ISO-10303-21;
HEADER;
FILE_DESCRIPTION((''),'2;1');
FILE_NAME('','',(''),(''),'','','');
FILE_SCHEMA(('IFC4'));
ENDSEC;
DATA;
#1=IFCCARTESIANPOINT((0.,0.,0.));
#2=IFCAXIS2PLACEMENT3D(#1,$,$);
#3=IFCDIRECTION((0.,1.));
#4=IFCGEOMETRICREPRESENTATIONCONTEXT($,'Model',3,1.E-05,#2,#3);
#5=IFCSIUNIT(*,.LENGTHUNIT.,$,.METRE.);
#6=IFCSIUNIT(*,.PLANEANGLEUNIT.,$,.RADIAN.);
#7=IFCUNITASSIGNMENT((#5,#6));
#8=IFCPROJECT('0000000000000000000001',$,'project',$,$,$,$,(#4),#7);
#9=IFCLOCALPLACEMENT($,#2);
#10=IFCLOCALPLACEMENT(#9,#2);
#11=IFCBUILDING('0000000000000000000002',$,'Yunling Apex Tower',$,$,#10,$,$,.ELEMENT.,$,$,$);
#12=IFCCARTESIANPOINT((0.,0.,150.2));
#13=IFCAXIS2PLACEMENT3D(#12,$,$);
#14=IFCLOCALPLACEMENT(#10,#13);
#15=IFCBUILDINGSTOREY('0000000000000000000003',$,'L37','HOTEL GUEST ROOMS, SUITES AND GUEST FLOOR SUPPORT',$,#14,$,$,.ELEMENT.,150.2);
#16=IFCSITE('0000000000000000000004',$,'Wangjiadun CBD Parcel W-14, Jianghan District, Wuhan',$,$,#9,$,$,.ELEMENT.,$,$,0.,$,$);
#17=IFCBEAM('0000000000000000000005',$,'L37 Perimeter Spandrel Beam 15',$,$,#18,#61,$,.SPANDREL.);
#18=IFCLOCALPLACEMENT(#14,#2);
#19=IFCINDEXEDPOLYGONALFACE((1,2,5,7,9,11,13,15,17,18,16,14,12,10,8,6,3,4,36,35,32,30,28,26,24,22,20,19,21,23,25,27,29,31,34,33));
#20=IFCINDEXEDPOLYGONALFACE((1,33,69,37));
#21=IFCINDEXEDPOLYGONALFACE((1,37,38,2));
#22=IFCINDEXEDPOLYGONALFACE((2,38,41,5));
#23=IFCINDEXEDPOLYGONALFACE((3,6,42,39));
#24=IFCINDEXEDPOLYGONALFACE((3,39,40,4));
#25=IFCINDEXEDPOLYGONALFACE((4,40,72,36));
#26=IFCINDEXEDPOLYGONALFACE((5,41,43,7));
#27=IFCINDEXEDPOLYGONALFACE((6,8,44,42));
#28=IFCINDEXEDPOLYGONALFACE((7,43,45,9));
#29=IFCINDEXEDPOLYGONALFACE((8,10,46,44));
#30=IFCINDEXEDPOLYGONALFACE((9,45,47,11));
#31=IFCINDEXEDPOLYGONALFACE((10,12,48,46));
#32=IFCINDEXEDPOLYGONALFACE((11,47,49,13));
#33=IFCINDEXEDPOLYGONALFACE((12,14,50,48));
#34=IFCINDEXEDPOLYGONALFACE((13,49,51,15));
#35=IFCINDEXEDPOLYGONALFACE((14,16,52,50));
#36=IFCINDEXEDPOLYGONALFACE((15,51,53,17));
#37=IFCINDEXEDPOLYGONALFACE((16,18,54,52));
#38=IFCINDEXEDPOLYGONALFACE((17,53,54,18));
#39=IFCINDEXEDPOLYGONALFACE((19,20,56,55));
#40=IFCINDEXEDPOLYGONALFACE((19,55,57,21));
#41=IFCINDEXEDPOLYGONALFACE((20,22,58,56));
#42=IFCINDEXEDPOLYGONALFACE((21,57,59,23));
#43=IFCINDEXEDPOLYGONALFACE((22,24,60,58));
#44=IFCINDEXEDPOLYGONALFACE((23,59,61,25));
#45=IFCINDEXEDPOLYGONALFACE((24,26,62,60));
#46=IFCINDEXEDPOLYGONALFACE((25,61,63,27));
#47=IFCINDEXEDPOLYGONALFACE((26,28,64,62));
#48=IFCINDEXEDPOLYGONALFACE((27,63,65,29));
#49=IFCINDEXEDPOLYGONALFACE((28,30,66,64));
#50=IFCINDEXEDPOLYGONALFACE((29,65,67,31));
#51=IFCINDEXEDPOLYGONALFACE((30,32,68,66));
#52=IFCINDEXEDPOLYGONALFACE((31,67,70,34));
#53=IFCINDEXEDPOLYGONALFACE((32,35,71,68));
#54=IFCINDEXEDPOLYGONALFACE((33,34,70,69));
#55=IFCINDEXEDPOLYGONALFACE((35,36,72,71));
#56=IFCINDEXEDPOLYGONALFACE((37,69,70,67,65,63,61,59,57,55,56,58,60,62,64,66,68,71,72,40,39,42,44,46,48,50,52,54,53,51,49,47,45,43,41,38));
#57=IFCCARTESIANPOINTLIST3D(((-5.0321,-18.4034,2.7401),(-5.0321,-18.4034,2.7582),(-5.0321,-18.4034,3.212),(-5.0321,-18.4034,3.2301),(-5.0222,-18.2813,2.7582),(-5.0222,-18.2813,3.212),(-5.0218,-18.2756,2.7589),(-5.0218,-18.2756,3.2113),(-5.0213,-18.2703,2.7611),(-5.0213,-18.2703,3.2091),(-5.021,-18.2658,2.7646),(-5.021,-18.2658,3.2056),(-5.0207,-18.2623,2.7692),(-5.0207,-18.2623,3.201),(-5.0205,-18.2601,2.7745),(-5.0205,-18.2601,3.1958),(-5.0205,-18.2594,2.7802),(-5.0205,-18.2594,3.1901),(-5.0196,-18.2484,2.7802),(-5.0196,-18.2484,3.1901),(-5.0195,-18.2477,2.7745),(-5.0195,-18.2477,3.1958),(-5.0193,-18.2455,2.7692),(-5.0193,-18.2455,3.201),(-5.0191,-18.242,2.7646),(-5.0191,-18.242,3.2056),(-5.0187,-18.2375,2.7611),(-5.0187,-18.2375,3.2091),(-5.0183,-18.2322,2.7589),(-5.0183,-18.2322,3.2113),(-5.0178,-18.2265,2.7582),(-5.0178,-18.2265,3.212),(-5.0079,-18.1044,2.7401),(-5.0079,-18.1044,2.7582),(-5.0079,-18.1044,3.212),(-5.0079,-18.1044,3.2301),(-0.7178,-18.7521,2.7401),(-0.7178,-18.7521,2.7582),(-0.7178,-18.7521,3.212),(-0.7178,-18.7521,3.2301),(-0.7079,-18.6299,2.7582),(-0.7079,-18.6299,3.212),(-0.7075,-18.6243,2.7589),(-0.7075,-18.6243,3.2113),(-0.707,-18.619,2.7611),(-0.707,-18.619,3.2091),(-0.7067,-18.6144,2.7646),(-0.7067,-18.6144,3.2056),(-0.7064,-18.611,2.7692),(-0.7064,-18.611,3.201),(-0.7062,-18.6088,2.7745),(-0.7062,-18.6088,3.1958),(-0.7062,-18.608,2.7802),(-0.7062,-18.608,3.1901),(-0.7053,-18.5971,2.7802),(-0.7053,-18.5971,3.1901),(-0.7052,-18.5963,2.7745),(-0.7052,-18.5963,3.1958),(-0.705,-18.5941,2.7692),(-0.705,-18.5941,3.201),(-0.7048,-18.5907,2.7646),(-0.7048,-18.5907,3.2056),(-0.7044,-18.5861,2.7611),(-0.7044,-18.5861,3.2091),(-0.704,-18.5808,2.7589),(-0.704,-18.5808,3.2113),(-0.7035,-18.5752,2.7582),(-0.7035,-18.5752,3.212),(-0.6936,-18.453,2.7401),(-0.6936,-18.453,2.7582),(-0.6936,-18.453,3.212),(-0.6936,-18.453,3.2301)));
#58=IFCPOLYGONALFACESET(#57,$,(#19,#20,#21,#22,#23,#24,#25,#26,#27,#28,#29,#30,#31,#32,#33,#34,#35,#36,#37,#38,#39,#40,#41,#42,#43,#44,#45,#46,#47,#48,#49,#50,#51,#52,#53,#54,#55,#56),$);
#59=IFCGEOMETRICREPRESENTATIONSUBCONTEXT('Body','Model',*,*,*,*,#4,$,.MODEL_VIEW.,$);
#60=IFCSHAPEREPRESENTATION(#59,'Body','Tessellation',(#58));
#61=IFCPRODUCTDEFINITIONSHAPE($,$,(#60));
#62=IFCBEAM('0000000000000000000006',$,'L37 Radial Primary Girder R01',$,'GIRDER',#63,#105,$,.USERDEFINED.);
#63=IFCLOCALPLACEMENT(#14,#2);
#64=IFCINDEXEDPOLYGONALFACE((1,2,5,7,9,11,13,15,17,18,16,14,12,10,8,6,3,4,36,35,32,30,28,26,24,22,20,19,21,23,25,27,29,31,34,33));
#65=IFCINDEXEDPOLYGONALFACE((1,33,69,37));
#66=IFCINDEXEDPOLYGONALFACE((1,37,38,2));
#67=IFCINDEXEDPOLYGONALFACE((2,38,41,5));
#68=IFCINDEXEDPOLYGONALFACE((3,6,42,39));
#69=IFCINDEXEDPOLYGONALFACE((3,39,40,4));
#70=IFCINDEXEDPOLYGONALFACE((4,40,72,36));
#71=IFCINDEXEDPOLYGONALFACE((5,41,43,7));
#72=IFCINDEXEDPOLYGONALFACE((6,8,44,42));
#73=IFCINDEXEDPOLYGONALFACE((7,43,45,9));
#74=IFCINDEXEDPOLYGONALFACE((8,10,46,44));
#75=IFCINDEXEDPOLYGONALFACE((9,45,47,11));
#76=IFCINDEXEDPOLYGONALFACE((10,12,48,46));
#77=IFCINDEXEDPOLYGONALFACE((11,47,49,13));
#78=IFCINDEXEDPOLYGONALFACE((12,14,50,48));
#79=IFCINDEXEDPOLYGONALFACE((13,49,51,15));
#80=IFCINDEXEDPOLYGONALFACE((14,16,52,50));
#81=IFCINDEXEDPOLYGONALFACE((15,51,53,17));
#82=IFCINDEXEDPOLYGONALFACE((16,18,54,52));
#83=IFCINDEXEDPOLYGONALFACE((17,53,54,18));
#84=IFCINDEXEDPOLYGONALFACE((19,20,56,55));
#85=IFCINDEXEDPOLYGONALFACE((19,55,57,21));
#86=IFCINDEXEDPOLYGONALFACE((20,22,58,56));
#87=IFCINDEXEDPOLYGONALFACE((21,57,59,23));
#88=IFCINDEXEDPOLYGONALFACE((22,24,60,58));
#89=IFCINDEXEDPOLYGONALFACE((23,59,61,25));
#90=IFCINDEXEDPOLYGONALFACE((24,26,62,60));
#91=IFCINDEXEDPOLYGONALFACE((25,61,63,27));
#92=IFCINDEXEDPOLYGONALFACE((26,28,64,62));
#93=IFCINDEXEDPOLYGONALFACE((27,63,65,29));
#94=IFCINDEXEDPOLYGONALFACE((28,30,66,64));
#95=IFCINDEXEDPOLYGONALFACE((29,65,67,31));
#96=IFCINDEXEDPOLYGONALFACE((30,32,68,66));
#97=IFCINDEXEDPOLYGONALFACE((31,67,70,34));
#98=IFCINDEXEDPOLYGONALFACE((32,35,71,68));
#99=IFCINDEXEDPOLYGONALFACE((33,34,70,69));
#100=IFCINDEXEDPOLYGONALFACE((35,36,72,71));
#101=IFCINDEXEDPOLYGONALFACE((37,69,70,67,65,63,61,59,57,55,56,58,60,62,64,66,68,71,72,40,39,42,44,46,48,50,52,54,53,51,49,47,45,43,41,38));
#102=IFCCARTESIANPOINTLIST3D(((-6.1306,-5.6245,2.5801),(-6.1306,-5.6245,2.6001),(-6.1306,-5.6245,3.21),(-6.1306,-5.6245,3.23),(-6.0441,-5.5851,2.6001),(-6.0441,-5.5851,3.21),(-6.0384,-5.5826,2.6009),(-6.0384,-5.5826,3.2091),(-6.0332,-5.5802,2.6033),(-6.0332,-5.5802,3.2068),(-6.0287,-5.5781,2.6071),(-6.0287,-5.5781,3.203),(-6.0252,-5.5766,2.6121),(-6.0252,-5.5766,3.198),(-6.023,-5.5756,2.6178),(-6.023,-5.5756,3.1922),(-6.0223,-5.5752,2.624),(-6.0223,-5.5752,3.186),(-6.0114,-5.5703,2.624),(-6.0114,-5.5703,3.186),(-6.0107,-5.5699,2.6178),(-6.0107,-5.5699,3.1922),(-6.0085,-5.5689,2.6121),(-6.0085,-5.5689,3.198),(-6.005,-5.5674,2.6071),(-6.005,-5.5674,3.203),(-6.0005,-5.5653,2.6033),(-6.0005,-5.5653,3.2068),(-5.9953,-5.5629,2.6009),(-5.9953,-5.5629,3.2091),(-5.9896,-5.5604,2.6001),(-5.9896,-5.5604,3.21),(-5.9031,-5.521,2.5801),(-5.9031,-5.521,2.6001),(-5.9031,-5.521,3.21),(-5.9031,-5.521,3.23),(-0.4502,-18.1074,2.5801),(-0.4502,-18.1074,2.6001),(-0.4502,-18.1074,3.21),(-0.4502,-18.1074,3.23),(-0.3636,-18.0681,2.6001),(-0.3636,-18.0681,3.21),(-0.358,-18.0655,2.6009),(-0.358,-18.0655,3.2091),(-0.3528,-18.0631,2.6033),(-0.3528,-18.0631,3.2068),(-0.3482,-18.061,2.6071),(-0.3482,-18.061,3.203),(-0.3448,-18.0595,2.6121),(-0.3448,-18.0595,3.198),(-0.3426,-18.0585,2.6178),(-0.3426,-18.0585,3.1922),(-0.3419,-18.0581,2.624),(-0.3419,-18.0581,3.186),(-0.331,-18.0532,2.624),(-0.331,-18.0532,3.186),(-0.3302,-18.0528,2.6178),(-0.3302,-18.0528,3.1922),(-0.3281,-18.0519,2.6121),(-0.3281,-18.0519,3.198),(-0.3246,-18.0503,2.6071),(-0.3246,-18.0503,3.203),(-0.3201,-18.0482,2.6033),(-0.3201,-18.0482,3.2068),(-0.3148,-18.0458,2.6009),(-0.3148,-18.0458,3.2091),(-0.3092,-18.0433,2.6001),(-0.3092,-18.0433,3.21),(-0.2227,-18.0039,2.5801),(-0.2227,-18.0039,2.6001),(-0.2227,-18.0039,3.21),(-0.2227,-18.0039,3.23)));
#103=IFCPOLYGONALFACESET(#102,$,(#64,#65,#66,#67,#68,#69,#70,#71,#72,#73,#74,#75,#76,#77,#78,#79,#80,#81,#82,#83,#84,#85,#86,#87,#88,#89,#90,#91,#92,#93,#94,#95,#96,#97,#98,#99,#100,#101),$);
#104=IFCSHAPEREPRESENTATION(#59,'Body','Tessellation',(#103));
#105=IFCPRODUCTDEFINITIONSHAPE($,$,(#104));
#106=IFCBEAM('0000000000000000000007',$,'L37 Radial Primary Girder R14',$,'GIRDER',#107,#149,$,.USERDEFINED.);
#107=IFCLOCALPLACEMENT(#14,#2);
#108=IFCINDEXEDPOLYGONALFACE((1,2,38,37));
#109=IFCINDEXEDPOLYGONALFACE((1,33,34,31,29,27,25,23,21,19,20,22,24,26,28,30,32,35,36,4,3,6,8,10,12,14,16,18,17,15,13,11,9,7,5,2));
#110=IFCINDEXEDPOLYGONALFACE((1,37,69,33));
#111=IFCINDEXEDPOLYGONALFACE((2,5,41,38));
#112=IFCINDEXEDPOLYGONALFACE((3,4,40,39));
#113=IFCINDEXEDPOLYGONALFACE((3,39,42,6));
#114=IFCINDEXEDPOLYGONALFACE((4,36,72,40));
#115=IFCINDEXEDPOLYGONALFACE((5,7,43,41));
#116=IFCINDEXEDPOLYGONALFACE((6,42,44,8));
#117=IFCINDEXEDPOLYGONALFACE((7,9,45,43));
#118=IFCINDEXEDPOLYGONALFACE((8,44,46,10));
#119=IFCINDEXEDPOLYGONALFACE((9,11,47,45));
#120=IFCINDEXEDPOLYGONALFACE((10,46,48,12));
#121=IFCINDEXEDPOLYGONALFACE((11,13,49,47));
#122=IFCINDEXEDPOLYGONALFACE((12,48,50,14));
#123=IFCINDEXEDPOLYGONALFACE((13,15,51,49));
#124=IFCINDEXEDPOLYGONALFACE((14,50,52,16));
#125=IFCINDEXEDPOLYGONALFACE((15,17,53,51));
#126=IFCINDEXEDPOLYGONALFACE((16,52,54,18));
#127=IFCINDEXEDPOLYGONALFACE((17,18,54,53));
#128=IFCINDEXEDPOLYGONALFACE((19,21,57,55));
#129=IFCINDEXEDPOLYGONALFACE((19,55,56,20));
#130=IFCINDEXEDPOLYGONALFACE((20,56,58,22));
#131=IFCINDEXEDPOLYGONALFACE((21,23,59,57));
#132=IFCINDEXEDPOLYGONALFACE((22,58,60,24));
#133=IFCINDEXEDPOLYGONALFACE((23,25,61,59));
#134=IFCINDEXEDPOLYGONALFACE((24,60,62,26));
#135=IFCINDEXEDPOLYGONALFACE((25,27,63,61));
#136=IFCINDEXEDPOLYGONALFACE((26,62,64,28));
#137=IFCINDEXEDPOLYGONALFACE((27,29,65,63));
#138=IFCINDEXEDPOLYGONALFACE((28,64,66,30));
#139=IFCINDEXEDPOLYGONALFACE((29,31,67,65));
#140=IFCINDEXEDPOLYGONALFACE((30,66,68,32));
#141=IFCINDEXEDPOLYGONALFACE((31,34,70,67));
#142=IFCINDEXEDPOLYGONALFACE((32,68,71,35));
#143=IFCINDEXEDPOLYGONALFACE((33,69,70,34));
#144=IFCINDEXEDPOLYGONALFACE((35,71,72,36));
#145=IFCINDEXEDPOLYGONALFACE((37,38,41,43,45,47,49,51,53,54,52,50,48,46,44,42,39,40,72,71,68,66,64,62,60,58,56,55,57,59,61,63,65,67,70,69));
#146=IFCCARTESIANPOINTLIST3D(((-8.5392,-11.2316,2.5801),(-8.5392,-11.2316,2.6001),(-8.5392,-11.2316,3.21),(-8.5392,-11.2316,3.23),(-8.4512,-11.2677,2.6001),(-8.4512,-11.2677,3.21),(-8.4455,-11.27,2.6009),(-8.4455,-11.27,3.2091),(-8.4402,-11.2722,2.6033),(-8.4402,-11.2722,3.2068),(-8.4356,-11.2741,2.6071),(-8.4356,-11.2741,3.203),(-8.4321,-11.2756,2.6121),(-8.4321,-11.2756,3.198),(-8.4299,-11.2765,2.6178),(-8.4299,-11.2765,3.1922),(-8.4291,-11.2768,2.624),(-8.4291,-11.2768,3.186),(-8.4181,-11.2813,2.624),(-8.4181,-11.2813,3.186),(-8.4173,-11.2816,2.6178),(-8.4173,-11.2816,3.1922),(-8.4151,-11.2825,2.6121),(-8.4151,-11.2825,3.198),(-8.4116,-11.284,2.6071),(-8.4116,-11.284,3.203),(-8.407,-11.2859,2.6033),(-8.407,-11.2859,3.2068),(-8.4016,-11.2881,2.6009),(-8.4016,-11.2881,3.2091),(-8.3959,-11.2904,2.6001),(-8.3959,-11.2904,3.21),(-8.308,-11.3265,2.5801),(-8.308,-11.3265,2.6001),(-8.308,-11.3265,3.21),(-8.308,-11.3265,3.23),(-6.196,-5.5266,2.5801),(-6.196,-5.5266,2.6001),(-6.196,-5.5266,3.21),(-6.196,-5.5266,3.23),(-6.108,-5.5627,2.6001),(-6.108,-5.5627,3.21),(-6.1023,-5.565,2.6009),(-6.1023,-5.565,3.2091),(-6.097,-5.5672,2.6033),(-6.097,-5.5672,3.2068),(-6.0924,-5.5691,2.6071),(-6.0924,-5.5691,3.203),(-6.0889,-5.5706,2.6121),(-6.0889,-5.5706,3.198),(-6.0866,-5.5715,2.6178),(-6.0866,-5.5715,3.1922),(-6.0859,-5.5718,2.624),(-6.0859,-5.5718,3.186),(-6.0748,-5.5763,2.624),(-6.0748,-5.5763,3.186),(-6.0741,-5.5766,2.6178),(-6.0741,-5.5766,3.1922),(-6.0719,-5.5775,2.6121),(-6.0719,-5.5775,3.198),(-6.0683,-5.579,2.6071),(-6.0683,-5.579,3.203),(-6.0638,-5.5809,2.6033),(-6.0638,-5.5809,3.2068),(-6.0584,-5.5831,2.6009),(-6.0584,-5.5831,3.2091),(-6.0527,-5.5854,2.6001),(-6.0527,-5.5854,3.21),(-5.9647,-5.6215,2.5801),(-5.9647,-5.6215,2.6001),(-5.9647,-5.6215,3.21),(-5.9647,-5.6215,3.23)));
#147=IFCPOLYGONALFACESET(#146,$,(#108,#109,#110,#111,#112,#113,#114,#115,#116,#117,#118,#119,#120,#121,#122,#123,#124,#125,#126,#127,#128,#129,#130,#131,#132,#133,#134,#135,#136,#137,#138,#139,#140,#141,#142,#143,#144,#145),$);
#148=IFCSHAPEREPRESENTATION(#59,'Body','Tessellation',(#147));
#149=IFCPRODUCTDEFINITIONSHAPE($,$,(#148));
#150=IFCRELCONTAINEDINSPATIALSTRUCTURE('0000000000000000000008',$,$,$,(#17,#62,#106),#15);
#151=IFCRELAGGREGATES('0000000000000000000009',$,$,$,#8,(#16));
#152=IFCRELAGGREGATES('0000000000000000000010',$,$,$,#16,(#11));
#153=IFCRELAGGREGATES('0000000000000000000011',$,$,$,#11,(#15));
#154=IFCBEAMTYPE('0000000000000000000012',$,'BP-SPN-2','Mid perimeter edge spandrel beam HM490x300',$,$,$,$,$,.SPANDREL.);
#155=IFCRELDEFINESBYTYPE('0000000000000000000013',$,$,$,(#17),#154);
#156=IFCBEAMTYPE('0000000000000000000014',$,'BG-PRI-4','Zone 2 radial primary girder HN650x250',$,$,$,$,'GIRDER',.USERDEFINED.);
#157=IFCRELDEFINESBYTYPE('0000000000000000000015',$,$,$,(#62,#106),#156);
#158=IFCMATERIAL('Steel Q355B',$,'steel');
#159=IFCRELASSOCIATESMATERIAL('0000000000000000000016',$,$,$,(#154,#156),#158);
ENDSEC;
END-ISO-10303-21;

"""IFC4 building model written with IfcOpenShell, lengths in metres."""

from ifc_helpers import new_model, si_unit, direction, frame, origin, origin_2d, place, context, subcontext, project, spatial, i_section, extrude, source, transform, mapped, material, material_profile, profile_set, type_object, element, save


model = new_model("IFC4")

# Units and contexts
model_context = context("Model", 3, precision=1e-05, world=origin(), true_north=direction((0.0, 1.0)))
body_context = subcontext(model_context, "Body", "Model", "MODEL_VIEW")
ifc_project = project(units=[si_unit("LENGTHUNIT", "METRE"), si_unit("PLANEANGLEUNIT", "RADIAN")], contexts=[model_context])

# Site, building, storey
site_placement = place(None, origin())
site = spatial("IfcSite", under=ifc_project, at=site_placement, Name="Wangjiadun CBD Parcel W-14, Jianghan District, Wuhan", CompositionType="ELEMENT", RefElevation=0.0)
building_placement = place(site_placement, origin())
building = spatial("IfcBuilding", under=site, at=building_placement, Name="Yunling Apex Tower", CompositionType="ELEMENT")
storey_placement = place(building_placement, frame((0.0, 0.0, 150.2)))
storey = spatial("IfcBuildingStorey", under=building, at=storey_placement, Name="L37", Description="HOTEL GUEST ROOMS, SUITES AND GUEST FLOOR SUPPORT", CompositionType="ELEMENT", Elevation=150.2)

# Beams
ifc_material_1 = material(Name="Steel Q355B", Category="steel")
ifc_material_profile_1 = material_profile(ifc_material_1, i_section(OverallWidth=0.3, OverallDepth=0.49, WebThickness=0.011, FlangeThickness=0.0181, FilletRadius=0.022, at=origin_2d()))
ifc_profile_set_1 = profile_set([ifc_material_profile_1], Name="Steel Q355B")
beam_type_1 = type_object("IfcBeamType", Name="BP-SPN-2", Description="Mid perimeter edge spandrel beam HM490x300", PredefinedType="SPANDREL", material=ifc_profile_set_1)
shared_shape_1 = source(origin(), body_context, "Body", "SweptSolid", [
    extrude(i_section(OverallWidth=0.3, OverallDepth=0.49, WebThickness=0.011, FlangeThickness=0.0181, FilletRadius=0.022, at=origin_2d()), origin(), (0.0, 0.0, 1.0), 4.3284),
])
beam_1_placement = place(storey_placement, frame((-5.02, -18.2539, 2.9851), z_axis=(0.996751, -0.080548, 0.0), x_axis=(0.080548, 0.996751, 0.0)))
element("IfcBeam", 1, at=beam_1_placement, inside=storey, type_object=beam_type_1, Name="L37 Perimeter Spandrel Beam 15", PredefinedType="SPANDREL", context=body_context, shape_type="MappedRepresentation", body=[
    mapped(shared_shape_1, transform((0.0, 0.0, 0.0), scale=1.0)),
])
ifc_material_profile_2 = material_profile(ifc_material_1, i_section(OverallWidth=0.25, OverallDepth=0.6499, WebThickness=0.012, FlangeThickness=0.02, FilletRadius=0.0239, at=origin_2d()))
ifc_profile_set_2 = profile_set([ifc_material_profile_2], Name="Steel Q355B")
beam_type_2 = type_object("IfcBeamType", Name="BG-PRI-4", Description="Zone 2 radial primary girder HN650x250", ElementType="GIRDER", PredefinedType="USERDEFINED", material=ifc_profile_set_2)
shared_shape_2 = source(origin(), body_context, "Body", "SweptSolid", [
    extrude(i_section(OverallWidth=0.25, OverallDepth=0.6499, WebThickness=0.012, FlangeThickness=0.02, FilletRadius=0.0239, at=origin_2d()), origin(), (0.0, 0.0, 1.0), 13.7146),
])
beam_2_placement = place(storey_placement, frame((-0.3364, -18.0557, 2.905), z_axis=(-0.414188, 0.910191, 0.0), x_axis=(-0.910191, -0.414188, 0.0)))
element("IfcBeam", 2, at=beam_2_placement, inside=storey, type_object=beam_type_2, Name="L37 Radial Primary Girder R01", ObjectType="GIRDER", PredefinedType="USERDEFINED", context=body_context, shape_type="MappedRepresentation", body=[
    mapped(shared_shape_2, transform((0.0, 0.0, 0.0), scale=1.0)),
])
shared_shape_3 = source(origin(), body_context, "Body", "SweptSolid", [
    extrude(i_section(OverallWidth=0.25, OverallDepth=0.6499, WebThickness=0.012, FlangeThickness=0.02, FilletRadius=0.0239, at=origin_2d()), origin(), (0.0, 0.0, 1.0), 6.1675),
])
beam_3_placement = place(storey_placement, frame((-8.4236, -11.2791, 2.905), z_axis=(0.379933, 0.925014, 0.0), x_axis=(-0.925014, 0.379933, 0.0)))
element("IfcBeam", 3, at=beam_3_placement, inside=storey, type_object=beam_type_2, Name="L37 Radial Primary Girder R14", ObjectType="GIRDER", PredefinedType="USERDEFINED", context=body_context, shape_type="MappedRepresentation", body=[
    mapped(shared_shape_3, transform((0.0, 0.0, 0.0), scale=1.0)),
])

save(model, "model.ifc")
